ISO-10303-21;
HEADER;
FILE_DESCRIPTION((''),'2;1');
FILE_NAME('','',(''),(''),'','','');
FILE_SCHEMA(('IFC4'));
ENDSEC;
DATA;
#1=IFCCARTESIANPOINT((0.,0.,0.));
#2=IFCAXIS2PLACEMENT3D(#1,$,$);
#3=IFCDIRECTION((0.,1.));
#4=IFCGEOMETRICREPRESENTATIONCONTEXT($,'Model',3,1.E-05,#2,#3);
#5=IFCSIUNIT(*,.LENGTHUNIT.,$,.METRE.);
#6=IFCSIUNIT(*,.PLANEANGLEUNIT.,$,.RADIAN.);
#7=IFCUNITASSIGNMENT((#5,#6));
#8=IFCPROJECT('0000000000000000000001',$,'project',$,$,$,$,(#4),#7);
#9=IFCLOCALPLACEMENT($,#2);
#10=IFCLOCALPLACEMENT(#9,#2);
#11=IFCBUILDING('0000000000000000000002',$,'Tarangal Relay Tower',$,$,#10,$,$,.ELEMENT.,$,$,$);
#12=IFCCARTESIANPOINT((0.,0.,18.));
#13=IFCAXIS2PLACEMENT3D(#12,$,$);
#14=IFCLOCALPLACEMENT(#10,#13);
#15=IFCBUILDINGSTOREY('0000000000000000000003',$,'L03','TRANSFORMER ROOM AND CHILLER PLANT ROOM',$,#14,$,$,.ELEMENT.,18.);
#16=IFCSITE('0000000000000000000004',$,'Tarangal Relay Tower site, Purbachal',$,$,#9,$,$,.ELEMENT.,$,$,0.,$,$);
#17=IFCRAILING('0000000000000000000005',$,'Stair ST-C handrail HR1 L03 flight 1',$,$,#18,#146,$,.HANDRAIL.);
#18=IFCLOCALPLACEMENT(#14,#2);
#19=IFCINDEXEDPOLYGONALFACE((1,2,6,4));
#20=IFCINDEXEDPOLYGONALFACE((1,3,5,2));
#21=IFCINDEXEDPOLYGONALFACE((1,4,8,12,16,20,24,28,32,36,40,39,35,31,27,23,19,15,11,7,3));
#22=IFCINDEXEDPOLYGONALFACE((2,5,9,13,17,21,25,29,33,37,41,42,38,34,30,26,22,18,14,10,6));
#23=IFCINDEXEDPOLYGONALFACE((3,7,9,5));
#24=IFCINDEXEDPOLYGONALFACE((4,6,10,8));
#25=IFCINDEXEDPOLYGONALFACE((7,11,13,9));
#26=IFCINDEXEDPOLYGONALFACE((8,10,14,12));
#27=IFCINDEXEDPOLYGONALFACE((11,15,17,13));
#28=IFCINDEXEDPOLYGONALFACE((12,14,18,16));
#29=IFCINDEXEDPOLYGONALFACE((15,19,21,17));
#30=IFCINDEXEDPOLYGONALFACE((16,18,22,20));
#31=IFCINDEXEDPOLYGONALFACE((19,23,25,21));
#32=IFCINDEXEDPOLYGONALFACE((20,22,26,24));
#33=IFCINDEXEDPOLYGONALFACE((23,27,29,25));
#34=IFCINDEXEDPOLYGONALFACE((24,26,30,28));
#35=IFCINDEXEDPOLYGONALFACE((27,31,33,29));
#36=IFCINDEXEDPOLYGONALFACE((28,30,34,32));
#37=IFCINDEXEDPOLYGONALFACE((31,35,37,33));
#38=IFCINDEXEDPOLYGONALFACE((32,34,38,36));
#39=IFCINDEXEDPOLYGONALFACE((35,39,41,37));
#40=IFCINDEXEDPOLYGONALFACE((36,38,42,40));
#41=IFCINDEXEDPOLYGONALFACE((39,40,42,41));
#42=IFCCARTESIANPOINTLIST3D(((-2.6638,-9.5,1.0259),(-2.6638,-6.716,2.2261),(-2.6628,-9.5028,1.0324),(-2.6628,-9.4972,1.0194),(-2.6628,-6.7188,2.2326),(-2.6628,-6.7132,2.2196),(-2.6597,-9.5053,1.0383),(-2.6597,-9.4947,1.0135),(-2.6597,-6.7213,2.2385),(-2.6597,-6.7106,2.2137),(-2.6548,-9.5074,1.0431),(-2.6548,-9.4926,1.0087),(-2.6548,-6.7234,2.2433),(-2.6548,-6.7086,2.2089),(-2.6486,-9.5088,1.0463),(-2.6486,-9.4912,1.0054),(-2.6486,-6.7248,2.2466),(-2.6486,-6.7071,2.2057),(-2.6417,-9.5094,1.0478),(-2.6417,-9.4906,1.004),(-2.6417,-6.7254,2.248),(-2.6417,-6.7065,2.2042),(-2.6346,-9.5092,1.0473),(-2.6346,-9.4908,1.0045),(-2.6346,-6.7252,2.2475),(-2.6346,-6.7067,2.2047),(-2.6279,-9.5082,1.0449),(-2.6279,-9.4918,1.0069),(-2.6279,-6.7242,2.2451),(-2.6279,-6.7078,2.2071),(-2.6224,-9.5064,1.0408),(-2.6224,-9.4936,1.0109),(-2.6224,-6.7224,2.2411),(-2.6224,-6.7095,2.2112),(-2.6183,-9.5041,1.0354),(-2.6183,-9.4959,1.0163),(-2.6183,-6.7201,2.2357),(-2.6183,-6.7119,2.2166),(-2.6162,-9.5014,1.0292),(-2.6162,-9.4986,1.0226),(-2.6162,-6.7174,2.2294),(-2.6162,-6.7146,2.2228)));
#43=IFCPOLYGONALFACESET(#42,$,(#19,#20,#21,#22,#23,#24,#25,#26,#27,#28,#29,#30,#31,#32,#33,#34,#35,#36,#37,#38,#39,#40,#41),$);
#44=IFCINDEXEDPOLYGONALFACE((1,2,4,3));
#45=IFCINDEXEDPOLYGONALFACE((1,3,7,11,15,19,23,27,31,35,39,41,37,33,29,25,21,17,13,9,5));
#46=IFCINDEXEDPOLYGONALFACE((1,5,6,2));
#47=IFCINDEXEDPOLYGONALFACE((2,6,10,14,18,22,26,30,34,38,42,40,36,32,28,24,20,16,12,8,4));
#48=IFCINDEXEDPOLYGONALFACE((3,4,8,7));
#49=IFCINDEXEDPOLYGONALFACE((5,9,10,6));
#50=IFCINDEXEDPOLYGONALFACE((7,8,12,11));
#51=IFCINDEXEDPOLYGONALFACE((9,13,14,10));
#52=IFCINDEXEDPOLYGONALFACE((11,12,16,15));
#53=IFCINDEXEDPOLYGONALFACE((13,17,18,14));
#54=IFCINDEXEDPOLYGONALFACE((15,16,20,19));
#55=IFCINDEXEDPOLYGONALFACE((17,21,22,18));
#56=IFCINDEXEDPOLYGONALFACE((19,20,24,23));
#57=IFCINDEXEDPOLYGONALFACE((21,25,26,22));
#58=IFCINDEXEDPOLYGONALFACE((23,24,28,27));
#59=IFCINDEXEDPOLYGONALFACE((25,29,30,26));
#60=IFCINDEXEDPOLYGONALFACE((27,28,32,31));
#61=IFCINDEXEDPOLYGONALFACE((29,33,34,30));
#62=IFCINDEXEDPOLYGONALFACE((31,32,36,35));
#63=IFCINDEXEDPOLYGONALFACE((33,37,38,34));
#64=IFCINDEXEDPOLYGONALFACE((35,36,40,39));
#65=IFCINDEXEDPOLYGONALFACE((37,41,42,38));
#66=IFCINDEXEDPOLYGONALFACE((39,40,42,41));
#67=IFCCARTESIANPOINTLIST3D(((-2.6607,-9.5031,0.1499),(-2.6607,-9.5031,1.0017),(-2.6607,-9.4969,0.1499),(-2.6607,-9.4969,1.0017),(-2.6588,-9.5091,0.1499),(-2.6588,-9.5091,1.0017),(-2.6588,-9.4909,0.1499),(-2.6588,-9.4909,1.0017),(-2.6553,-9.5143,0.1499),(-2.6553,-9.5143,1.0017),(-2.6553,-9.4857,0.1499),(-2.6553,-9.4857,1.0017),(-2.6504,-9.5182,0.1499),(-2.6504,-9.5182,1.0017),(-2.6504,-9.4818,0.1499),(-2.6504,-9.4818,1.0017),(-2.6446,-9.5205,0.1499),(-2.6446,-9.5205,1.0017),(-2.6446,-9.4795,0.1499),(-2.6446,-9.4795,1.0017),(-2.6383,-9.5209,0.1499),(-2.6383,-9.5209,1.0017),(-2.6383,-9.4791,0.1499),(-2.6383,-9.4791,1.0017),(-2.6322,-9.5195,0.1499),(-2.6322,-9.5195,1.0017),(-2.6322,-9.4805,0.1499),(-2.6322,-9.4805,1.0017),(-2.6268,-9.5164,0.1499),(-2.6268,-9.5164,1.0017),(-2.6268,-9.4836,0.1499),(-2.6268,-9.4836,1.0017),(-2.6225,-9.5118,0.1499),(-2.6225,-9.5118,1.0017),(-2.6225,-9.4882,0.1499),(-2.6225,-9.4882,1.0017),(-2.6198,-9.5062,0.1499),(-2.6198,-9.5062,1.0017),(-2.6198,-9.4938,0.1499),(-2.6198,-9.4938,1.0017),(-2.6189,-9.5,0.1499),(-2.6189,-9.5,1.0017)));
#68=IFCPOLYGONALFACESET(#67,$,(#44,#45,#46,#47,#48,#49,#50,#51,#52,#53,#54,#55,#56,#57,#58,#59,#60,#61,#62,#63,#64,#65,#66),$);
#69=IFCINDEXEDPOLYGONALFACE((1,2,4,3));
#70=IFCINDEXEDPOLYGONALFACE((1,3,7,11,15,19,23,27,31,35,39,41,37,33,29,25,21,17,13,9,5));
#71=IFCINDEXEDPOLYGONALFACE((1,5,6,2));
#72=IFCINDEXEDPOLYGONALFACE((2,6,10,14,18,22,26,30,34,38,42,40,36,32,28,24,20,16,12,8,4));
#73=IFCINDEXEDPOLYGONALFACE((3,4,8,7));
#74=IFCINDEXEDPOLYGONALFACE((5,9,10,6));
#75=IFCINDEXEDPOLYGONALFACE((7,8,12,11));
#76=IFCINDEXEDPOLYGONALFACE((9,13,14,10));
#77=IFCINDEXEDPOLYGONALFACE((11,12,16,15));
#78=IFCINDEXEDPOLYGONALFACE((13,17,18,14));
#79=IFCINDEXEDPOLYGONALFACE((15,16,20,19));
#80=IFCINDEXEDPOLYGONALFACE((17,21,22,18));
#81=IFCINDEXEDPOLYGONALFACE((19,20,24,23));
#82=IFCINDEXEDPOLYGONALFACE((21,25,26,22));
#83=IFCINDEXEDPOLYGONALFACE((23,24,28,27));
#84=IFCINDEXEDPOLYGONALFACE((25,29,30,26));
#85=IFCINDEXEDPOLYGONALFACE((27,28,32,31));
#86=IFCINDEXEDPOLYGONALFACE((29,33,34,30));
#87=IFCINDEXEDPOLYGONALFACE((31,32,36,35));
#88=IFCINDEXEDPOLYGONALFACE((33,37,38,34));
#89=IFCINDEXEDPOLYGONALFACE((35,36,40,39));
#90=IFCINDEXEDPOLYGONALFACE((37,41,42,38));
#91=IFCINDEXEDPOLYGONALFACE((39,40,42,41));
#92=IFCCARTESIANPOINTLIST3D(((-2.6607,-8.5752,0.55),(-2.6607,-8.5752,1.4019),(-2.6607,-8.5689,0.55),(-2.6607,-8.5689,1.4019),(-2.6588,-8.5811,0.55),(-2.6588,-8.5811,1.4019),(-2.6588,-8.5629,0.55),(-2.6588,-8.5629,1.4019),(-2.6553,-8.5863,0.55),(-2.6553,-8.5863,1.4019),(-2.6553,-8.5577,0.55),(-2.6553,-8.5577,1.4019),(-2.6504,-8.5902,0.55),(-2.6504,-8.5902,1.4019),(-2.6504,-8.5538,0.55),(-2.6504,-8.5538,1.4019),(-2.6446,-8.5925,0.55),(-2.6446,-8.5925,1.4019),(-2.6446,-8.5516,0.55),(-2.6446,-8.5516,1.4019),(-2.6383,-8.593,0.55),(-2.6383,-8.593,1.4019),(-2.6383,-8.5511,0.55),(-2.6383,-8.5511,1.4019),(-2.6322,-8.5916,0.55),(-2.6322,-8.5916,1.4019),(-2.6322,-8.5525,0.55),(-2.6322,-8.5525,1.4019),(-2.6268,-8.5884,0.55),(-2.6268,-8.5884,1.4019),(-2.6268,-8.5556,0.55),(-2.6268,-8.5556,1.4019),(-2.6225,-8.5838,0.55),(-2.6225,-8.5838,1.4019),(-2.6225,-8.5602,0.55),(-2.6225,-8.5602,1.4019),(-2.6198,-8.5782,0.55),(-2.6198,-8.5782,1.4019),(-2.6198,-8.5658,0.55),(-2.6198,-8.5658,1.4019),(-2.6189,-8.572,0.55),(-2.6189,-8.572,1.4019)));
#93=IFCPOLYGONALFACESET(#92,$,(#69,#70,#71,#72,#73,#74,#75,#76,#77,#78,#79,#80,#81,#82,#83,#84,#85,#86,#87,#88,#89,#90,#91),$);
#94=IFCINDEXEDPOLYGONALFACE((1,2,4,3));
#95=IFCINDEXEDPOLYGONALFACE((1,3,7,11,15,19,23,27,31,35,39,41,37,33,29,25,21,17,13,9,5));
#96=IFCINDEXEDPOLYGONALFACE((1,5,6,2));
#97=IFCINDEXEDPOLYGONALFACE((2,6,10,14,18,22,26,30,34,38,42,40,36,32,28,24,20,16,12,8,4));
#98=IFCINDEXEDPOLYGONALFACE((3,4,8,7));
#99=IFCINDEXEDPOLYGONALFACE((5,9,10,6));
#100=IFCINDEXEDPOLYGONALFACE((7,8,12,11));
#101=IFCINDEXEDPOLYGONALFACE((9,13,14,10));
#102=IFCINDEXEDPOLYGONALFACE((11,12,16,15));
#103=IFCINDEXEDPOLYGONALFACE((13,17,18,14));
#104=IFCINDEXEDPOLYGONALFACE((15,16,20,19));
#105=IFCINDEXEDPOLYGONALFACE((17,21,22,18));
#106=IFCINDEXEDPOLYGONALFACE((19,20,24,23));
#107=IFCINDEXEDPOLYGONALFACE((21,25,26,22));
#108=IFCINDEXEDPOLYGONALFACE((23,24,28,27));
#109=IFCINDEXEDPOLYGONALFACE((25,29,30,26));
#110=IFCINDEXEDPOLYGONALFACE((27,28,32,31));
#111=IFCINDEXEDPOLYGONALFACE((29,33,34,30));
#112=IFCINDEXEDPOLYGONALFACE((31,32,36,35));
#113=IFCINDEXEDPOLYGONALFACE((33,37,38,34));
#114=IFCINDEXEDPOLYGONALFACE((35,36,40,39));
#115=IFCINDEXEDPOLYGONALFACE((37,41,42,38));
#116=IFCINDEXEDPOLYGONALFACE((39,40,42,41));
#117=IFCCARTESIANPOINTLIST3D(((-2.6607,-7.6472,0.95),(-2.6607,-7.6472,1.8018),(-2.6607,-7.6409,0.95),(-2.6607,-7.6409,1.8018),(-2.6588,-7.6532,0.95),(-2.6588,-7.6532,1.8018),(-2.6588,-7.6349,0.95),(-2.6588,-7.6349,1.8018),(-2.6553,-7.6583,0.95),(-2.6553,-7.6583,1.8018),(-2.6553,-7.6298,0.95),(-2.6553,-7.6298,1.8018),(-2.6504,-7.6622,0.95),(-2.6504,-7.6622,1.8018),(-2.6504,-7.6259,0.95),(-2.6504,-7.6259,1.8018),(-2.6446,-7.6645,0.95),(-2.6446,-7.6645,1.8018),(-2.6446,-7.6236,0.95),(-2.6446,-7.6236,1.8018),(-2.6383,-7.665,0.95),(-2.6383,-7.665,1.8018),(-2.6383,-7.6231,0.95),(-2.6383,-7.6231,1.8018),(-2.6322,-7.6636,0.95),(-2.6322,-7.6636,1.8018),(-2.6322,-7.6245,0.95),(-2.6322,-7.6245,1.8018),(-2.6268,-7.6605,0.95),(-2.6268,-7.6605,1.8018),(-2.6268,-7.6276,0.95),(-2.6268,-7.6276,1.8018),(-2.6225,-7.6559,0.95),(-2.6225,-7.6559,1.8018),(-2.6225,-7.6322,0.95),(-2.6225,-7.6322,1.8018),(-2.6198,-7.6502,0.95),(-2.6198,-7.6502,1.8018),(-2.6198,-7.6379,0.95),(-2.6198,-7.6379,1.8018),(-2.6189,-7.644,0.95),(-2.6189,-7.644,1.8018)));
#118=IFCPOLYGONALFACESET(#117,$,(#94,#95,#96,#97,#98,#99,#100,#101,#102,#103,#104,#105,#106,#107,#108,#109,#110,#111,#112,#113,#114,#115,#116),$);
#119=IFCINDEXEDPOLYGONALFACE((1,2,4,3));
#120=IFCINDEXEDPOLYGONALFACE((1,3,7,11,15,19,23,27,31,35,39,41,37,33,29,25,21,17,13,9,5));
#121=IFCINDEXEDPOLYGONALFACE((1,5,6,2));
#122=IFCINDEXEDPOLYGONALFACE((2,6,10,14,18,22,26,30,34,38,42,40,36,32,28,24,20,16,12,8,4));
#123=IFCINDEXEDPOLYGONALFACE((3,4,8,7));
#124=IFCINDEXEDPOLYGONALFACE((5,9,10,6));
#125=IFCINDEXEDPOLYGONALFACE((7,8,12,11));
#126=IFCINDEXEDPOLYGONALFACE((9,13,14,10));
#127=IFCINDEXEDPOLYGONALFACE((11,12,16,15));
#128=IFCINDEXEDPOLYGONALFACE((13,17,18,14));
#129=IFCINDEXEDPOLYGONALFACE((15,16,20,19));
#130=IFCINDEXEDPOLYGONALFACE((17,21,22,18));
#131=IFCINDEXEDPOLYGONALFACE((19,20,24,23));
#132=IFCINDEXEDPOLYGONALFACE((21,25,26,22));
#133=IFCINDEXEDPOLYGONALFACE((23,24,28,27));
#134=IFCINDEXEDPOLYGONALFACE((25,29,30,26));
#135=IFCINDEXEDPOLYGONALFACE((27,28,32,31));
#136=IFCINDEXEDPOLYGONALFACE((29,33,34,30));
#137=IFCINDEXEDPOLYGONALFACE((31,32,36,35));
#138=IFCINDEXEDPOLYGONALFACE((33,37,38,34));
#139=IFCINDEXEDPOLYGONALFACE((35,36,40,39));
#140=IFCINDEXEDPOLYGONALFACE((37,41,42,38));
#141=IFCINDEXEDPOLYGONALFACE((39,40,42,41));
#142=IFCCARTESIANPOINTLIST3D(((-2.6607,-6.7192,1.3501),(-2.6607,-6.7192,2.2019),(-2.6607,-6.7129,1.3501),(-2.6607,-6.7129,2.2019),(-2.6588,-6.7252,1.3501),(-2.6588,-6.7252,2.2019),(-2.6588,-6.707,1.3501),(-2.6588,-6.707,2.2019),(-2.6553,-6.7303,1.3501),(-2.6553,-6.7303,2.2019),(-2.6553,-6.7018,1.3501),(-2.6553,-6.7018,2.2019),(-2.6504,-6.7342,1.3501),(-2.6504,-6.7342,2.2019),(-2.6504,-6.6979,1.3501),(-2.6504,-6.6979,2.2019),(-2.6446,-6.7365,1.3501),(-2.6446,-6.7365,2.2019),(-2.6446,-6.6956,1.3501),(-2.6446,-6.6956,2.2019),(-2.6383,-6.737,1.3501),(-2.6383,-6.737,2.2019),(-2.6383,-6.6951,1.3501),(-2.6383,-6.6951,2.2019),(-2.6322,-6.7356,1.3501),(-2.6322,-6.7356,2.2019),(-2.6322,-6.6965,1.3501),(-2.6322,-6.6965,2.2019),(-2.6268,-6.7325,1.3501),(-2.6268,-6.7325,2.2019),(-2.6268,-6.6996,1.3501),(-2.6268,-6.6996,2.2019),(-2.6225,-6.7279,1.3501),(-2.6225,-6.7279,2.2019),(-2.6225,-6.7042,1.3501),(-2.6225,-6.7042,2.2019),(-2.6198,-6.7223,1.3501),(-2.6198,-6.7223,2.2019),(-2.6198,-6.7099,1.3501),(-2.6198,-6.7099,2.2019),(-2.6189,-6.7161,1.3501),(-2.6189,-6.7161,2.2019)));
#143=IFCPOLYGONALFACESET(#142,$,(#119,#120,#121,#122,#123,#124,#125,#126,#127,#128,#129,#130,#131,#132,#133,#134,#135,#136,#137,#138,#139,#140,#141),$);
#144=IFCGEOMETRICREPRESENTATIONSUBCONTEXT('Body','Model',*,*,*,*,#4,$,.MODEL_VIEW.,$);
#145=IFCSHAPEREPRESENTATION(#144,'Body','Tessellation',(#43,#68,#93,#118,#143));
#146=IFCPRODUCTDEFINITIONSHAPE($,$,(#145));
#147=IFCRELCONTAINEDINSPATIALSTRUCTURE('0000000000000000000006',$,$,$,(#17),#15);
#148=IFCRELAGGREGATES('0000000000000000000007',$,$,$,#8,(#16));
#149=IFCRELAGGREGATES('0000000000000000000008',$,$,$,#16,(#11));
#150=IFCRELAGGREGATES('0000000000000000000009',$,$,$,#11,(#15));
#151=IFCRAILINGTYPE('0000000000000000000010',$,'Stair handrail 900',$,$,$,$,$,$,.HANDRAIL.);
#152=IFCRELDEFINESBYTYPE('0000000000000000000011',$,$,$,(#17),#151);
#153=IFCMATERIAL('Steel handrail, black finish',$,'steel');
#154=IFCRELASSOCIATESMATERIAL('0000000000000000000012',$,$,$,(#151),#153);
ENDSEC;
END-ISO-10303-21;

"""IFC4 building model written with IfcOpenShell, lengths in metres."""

from ifc_helpers import new_model, si_unit, direction, frame, origin, origin_2d, place, context, subcontext, project, spatial, circle, extrude, material, type_object, element, save


model = new_model("IFC4")

# Units and contexts
model_context = context("Model", 3, precision=1e-05, world=origin(), true_north=direction((0.0, 1.0)))
body_context = subcontext(model_context, "Body", "Model", "MODEL_VIEW")
ifc_project = project(units=[si_unit("LENGTHUNIT", "METRE"), si_unit("PLANEANGLEUNIT", "RADIAN")], contexts=[model_context])

# Site, building, storey
site_placement = place(None, origin())
site = spatial("IfcSite", under=ifc_project, at=site_placement, Name="Tarangal Relay Tower site, Purbachal", CompositionType="ELEMENT", RefElevation=0.0)
building_placement = place(site_placement, origin())
building = spatial("IfcBuilding", under=site, at=building_placement, Name="Tarangal Relay Tower", CompositionType="ELEMENT")
storey_placement = place(building_placement, frame((0.0, 0.0, 18.0)))
storey = spatial("IfcBuildingStorey", under=building, at=storey_placement, Name="L03", Description="TRANSFORMER ROOM AND CHILLER PLANT ROOM", CompositionType="ELEMENT", Elevation=18.0)

# Railing
ifc_material_1 = material(Name="Steel handrail, black finish", Category="steel")
railing_type_1 = type_object("IfcRailingType", Name="Stair handrail 900", PredefinedType="HANDRAIL", material=ifc_material_1)
railing_1_placement = place(storey_placement, frame((-2.6399, -9.5, 0.1499)))
element("IfcRailing", 1, at=railing_1_placement, inside=storey, type_object=railing_type_1, Name="Stair ST-C handrail HR1 L03 flight 1", PredefinedType="HANDRAIL", context=body_context, shape_type="SweptSolid", body=[
    extrude(circle(Radius=0.0239, at=origin_2d()), frame((0.0, 0.0, 0.876), z_axis=(0.0, 0.918297, 0.395891), x_axis=(-1.0, 0.0, 0.0)), (0.0, 0.0, 1.0), 3.0317),
    extrude(circle(Radius=0.021, at=origin_2d()), origin(), (0.0, 0.0, 1.0), 0.8518),
    extrude(circle(Radius=0.021, at=origin_2d()), frame((0.0, 0.928, 0.4001)), (0.0, 0.0, 1.0), 0.8518),
    extrude(circle(Radius=0.021, at=origin_2d()), frame((0.0, 1.856, 0.8)), (0.0, 0.0, 1.0), 0.8518),
    extrude(circle(Radius=0.021, at=origin_2d()), frame((0.0, 2.7839, 1.2002)), (0.0, 0.0, 1.0), 0.8518),
])

save(model, "model.ifc")
